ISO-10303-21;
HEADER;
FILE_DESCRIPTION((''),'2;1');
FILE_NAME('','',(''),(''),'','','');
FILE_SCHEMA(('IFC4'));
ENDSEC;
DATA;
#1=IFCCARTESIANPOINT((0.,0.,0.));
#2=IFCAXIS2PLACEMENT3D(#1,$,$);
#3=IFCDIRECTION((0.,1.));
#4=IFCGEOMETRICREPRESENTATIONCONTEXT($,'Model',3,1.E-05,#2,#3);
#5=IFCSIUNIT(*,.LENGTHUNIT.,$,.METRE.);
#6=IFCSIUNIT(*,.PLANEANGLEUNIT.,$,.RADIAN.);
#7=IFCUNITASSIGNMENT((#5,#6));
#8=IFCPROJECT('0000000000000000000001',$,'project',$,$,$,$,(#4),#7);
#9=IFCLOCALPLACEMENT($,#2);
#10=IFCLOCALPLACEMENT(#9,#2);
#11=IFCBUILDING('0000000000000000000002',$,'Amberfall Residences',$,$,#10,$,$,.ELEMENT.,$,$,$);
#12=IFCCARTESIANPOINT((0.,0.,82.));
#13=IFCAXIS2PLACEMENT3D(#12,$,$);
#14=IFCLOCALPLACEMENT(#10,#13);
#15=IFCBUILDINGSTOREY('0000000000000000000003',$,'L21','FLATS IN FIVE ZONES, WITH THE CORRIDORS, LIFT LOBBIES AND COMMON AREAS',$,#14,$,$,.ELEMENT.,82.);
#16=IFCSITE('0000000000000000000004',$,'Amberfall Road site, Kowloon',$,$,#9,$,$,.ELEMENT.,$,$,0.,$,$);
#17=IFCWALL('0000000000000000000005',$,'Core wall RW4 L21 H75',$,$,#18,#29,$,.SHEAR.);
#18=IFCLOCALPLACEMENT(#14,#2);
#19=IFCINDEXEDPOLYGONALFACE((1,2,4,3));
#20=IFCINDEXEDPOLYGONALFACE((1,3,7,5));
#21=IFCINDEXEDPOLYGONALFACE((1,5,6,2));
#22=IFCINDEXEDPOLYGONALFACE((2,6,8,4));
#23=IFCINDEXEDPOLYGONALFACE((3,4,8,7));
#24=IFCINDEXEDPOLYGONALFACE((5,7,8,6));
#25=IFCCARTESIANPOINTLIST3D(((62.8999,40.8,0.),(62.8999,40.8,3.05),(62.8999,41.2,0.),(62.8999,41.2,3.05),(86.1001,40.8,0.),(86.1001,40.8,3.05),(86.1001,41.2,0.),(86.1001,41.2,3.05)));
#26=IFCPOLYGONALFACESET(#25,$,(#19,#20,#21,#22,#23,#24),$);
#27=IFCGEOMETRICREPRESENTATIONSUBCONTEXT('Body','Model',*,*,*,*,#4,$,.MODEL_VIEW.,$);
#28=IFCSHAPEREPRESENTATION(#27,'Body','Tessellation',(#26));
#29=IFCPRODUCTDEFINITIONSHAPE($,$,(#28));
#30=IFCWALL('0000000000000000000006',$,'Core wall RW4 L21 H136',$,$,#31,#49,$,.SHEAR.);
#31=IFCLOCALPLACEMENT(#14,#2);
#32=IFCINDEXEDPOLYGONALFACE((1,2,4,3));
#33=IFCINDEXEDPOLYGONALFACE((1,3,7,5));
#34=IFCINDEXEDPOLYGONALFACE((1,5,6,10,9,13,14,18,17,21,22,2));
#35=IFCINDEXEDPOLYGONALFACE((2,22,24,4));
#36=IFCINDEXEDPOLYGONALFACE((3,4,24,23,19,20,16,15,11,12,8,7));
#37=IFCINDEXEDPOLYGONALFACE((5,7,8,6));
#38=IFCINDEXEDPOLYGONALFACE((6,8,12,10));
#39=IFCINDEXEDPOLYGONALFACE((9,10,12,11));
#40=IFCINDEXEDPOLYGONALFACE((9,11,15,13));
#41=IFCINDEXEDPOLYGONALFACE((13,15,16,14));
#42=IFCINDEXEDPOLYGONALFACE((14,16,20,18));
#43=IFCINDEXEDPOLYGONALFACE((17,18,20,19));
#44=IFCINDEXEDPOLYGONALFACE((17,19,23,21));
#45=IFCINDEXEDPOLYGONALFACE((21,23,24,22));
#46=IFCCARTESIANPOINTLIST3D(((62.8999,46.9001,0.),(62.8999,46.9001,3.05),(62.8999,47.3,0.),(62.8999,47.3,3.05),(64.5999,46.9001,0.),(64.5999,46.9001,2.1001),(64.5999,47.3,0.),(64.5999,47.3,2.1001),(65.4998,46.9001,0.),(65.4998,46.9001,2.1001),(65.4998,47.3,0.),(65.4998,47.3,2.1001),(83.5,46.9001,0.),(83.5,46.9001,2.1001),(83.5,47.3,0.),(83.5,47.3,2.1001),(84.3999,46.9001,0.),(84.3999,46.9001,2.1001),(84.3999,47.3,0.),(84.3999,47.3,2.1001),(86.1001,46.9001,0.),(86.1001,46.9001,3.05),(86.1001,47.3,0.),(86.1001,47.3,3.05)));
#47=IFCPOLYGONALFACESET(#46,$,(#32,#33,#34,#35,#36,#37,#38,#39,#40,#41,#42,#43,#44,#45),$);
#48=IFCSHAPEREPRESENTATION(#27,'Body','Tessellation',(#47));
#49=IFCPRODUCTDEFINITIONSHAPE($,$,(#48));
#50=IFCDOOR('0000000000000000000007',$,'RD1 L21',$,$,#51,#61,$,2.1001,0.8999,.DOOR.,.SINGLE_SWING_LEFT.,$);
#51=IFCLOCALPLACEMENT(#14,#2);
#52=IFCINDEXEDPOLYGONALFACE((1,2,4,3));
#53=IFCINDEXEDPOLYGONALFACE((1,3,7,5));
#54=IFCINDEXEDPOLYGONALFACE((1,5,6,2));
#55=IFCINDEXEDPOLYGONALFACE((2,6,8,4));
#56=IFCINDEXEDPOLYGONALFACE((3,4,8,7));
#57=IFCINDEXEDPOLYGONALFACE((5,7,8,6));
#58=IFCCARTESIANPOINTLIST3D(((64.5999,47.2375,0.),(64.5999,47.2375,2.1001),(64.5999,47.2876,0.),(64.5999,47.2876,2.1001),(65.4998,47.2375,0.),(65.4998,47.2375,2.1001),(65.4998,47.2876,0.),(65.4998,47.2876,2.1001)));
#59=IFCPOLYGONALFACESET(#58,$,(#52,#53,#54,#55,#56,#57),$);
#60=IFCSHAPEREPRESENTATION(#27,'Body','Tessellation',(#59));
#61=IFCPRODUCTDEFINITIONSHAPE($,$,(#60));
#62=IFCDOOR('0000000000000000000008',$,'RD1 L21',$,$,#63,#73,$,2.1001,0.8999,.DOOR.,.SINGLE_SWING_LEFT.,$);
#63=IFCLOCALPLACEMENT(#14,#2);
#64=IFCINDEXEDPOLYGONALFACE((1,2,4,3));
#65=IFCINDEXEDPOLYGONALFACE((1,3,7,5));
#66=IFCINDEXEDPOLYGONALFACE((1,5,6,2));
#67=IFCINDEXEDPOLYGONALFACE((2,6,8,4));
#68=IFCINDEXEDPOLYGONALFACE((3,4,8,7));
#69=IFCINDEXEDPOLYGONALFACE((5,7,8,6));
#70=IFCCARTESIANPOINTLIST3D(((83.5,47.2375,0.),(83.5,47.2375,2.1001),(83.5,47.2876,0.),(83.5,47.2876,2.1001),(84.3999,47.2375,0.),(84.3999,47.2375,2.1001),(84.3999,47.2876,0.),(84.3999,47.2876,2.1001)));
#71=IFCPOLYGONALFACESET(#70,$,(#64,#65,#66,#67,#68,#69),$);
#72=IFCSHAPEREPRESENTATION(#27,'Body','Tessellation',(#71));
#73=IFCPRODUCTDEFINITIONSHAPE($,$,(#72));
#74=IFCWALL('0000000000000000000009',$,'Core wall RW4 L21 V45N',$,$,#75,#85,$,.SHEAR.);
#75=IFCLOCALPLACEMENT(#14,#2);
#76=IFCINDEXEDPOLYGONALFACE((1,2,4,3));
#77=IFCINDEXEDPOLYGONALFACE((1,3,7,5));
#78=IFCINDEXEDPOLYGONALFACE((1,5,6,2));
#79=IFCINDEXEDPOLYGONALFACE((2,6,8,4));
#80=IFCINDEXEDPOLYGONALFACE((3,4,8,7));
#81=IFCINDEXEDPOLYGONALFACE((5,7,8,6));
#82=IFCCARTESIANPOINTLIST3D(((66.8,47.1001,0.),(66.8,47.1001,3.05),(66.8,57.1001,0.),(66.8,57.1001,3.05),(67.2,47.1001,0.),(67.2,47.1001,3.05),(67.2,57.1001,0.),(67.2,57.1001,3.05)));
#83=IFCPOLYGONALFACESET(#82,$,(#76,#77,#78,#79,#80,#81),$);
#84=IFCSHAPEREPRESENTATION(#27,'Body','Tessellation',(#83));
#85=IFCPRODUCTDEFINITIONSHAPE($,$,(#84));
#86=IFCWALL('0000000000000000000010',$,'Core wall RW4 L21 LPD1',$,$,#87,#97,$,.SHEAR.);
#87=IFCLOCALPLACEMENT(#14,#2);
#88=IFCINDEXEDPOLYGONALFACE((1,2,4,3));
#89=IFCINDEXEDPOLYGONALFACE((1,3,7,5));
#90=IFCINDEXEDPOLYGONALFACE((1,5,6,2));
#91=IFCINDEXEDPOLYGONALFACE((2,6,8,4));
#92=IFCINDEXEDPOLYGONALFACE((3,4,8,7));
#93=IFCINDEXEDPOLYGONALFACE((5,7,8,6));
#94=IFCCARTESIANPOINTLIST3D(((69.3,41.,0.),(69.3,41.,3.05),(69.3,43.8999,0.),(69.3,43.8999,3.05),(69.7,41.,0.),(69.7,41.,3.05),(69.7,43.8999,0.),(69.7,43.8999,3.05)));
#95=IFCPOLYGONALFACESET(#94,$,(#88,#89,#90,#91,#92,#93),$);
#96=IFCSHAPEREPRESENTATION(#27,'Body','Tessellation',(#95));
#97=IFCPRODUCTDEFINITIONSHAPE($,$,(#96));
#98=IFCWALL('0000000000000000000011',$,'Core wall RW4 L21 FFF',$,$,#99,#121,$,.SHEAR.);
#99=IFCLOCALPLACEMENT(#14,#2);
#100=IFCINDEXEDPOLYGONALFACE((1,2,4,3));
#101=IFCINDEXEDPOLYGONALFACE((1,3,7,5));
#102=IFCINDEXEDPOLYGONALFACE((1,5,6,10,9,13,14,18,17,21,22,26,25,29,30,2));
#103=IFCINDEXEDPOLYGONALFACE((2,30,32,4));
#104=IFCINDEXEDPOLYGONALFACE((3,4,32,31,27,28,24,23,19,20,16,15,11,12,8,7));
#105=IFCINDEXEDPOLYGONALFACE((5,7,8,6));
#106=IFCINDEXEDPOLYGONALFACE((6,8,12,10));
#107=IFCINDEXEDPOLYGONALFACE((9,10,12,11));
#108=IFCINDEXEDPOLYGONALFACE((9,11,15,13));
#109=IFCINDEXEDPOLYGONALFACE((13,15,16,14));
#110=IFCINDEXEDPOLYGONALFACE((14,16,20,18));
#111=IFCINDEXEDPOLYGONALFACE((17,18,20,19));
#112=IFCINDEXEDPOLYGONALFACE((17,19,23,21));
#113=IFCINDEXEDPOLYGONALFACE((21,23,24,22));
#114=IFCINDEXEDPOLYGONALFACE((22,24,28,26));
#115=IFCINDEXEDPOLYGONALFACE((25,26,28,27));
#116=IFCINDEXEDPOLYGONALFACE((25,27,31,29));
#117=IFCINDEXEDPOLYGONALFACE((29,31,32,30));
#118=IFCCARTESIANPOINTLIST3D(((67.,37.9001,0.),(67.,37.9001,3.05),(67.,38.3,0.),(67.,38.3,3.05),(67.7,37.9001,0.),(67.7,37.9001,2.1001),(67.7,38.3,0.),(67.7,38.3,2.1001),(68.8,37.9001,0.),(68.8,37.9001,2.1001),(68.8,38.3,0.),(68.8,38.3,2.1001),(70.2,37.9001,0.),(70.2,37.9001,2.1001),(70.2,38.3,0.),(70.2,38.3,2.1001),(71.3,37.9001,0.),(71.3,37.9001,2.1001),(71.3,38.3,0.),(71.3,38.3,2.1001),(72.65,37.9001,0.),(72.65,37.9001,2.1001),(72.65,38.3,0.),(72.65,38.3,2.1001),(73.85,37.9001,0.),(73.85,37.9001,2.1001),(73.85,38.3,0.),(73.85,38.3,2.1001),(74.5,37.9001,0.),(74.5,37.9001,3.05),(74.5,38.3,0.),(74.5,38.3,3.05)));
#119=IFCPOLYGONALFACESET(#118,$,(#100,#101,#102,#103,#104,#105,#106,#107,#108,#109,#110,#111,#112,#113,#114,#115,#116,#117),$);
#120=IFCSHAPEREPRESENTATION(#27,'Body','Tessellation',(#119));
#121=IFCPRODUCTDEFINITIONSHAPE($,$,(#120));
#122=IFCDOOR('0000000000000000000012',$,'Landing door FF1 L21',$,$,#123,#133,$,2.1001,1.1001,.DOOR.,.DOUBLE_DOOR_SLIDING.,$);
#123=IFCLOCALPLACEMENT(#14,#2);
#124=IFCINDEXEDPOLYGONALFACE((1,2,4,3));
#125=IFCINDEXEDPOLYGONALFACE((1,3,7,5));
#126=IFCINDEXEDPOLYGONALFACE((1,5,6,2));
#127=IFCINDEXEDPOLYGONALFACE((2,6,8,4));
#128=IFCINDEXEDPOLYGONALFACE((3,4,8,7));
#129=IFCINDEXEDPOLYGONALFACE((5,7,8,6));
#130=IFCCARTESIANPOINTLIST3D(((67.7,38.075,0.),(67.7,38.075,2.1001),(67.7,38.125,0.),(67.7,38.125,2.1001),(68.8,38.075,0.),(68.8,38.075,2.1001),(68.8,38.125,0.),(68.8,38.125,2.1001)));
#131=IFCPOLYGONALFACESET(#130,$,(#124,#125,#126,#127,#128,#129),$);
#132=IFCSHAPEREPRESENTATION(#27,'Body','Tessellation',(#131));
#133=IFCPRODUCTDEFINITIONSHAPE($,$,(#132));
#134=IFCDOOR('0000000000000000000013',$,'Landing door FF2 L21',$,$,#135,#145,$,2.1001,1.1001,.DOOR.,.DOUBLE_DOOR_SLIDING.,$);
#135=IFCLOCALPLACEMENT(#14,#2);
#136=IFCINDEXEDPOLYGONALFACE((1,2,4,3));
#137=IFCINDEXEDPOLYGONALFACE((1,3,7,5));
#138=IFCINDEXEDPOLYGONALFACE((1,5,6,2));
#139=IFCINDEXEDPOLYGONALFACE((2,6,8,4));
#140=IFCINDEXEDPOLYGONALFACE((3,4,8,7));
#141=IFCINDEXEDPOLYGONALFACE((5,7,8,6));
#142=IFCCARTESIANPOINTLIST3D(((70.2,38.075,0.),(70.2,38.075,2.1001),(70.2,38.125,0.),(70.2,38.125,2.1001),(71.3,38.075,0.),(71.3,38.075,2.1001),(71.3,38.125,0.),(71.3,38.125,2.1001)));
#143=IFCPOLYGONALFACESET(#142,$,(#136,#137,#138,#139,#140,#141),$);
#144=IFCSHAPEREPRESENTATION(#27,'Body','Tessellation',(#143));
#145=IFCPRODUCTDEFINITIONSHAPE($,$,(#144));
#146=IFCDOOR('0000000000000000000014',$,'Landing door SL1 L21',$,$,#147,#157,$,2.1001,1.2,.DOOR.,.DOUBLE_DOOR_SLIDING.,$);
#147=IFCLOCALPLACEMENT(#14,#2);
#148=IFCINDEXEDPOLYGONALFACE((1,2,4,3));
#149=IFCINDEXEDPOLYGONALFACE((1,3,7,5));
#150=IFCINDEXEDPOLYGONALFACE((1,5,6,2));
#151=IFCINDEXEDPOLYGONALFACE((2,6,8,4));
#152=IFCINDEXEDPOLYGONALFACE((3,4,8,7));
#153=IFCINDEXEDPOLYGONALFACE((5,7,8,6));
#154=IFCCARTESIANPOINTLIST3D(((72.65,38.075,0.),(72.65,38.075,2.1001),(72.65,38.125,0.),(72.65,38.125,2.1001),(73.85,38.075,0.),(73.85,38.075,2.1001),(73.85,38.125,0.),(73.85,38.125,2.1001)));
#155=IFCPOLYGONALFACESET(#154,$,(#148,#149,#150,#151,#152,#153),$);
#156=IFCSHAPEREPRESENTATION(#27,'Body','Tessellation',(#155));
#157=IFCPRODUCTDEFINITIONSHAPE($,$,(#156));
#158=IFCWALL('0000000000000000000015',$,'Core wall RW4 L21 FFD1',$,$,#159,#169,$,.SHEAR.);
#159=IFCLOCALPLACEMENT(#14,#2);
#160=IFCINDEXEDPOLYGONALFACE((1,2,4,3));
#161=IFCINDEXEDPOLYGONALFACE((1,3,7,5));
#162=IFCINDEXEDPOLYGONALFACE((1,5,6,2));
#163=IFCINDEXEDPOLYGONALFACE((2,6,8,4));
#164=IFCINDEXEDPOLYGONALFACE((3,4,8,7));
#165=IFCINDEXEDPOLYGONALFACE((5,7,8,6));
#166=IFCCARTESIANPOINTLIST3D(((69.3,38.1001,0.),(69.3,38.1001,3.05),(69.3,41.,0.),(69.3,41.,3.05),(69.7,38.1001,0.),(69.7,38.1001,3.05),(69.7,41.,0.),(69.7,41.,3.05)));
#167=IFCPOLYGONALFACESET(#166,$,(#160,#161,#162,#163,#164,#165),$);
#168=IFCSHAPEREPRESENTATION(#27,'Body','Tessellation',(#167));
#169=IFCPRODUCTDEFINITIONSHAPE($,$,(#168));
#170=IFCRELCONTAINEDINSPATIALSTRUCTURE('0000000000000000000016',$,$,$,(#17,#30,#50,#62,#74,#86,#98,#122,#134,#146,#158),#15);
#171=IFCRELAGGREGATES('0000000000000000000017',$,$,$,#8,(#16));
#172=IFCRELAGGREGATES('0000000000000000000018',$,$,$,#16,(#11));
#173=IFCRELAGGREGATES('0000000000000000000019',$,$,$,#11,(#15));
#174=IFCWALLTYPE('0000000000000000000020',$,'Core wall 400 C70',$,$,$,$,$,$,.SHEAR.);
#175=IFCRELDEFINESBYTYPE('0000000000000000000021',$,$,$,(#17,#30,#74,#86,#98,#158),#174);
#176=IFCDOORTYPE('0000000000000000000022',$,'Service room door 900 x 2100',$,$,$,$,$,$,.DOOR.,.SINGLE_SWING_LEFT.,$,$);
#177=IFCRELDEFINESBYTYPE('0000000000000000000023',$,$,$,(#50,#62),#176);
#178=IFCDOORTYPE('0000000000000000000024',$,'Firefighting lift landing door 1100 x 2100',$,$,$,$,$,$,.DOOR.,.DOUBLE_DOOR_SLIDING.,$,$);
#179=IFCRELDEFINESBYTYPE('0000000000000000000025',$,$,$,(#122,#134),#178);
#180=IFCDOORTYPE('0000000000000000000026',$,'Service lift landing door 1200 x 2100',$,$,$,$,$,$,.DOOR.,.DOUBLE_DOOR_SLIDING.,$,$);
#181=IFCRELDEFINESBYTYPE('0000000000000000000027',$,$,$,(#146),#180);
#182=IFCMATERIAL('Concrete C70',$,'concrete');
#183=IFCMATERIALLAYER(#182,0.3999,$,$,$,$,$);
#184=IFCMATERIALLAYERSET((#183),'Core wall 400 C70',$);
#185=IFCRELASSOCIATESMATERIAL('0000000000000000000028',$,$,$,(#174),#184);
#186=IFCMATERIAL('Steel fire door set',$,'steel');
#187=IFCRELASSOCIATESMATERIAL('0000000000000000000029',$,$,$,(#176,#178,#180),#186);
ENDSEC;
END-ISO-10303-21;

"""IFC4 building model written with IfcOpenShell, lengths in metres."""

from ifc_helpers import new_model, si_unit, direction, frame, frame_2d, origin, place, context, subcontext, project, spatial, rectangle, extrude, material, layer, layer_set, type_object, element, fill, save


model = new_model("IFC4")

# Units and contexts
model_context = context("Model", 3, precision=1e-05, world=origin(), true_north=direction((0.0, 1.0)))
body_context = subcontext(model_context, "Body", "Model", "MODEL_VIEW")
ifc_project = project(units=[si_unit("LENGTHUNIT", "METRE"), si_unit("PLANEANGLEUNIT", "RADIAN")], contexts=[model_context])

# Site, building, storey
site_placement = place(None, origin())
site = spatial("IfcSite", under=ifc_project, at=site_placement, Name="Amberfall Road site, Kowloon", CompositionType="ELEMENT", RefElevation=0.0)
building_placement = place(site_placement, origin())
building = spatial("IfcBuilding", under=site, at=building_placement, Name="Amberfall Residences", CompositionType="ELEMENT")
storey_placement = place(building_placement, frame((0.0, 0.0, 82.0)))
storey = spatial("IfcBuildingStorey", under=building, at=storey_placement, Name="L21", Description="FLATS IN FIVE ZONES, WITH THE CORRIDORS, LIFT LOBBIES AND COMMON AREAS", CompositionType="ELEMENT", Elevation=82.0)

# Wall
ifc_material_1 = material(Name="Concrete C70", Category="concrete")
ifc_layer_1 = layer(ifc_material_1, 0.3999)
ifc_layer_set_1 = layer_set([ifc_layer_1], Name="Core wall 400 C70")
wall_type_1 = type_object("IfcWallType", Name="Core wall 400 C70", PredefinedType="SHEAR", material=ifc_layer_set_1)
wall_1_placement = place(storey_placement, frame((62.8999, 41.0, 0.0), z_axis=(0.0, 0.0, 1.0), x_axis=(1.0, 0.0, 0.0)))
element("IfcWall", 1, at=wall_1_placement, inside=storey, type_object=wall_type_1, Name="Core wall RW4 L21 H75", PredefinedType="SHEAR", context=body_context, shape_type="SweptSolid", body=[
    extrude(rectangle(XDim=23.2002, YDim=0.3999, at=frame_2d((11.6001, 0.0))), origin(), (0.0, 0.0, 1.0), 3.05),
])

# Wall, openings, doors
ifc_material_2 = material(Name="Steel fire door set", Category="steel")
door_type_1 = type_object("IfcDoorType", Name="Service room door 900 x 2100", OperationType="SINGLE_SWING_LEFT", PredefinedType="DOOR", material=ifc_material_2)
wall_2_placement = place(storey_placement, frame((62.8999, 47.1001, 0.0), z_axis=(0.0, 0.0, 1.0), x_axis=(1.0, 0.0, 0.0)))
wall_2 = element("IfcWall", 2, at=wall_2_placement, inside=storey, type_object=wall_type_1, Name="Core wall RW4 L21 H136", PredefinedType="SHEAR", context=body_context, shape_type="SweptSolid", body=[
    extrude(rectangle(XDim=23.2002, YDim=0.3999, at=frame_2d((11.6001, 0.0))), origin(), (0.0, 0.0, 1.0), 3.05),
])
opening_1_placement = place(wall_2_placement, frame((1.7, 0.0, 0.0)))
opening_1 = element("IfcOpeningElement", 3, at=opening_1_placement, cuts=wall_2, PredefinedType="OPENING", context=body_context, shape_type="SweptSolid", body=[
    extrude(rectangle(XDim=0.8999, YDim=2.1001, at=frame_2d((0.45, 1.05))), frame((0.0, 0.21, 0.0), z_axis=(0.0, -1.0, 0.0), x_axis=(1.0, 0.0, 0.0)), (0.0, 0.0, 1.0), 0.4199),
])
opening_2_placement = place(wall_2_placement, frame((20.6001, 0.0, 0.0)))
opening_2 = element("IfcOpeningElement", 4, at=opening_2_placement, cuts=wall_2, PredefinedType="OPENING", context=body_context, shape_type="SweptSolid", body=[
    extrude(rectangle(XDim=0.8999, YDim=2.1001, at=frame_2d((0.45, 1.05))), frame((0.0, 0.21, 0.0), z_axis=(0.0, -1.0, 0.0), x_axis=(1.0, 0.0, 0.0)), (0.0, 0.0, 1.0), 0.4199),
])
door_1_placement = place(opening_1_placement, origin())
door_1 = element("IfcDoor", 5, at=door_1_placement, inside=storey, type_object=door_type_1, Name="RD1 L21", OperationType="SINGLE_SWING_LEFT", OverallHeight=2.1001, OverallWidth=0.8999, PredefinedType="DOOR", context=body_context, shape_type="SweptSolid", body=[
    extrude(rectangle(XDim=0.8999, YDim=2.1001, at=frame_2d((0.45, 1.05))), frame((0.0, 0.1875, 0.0), z_axis=(0.0, -1.0, 0.0), x_axis=(1.0, 0.0, 0.0)), (0.0, 0.0, 1.0), 0.05),
])
fill(opening_1, door_1)
door_2_placement = place(opening_2_placement, origin())
door_2 = element("IfcDoor", 6, at=door_2_placement, inside=storey, type_object=door_type_1, Name="RD1 L21", OperationType="SINGLE_SWING_LEFT", OverallHeight=2.1001, OverallWidth=0.8999, PredefinedType="DOOR", context=body_context, shape_type="SweptSolid", body=[
    extrude(rectangle(XDim=0.8999, YDim=2.1001, at=frame_2d((0.45, 1.05))), frame((0.0, 0.1875, 0.0), z_axis=(0.0, -1.0, 0.0), x_axis=(1.0, 0.0, 0.0)), (0.0, 0.0, 1.0), 0.05),
])
fill(opening_2, door_2)

# Walls
wall_3_placement = place(storey_placement, frame((67.0, 47.1001, 0.0), z_axis=(0.0, 0.0, 1.0), x_axis=(0.0, 1.0, 0.0)))
element("IfcWall", 7, at=wall_3_placement, inside=storey, type_object=wall_type_1, Name="Core wall RW4 L21 V45N", PredefinedType="SHEAR", context=body_context, shape_type="SweptSolid", body=[
    extrude(rectangle(XDim=10.0, YDim=0.3999, at=frame_2d((5.0, 0.0))), origin(), (0.0, 0.0, 1.0), 3.05),
])
wall_4_placement = place(storey_placement, frame((69.5, 41.0, 0.0), z_axis=(0.0, 0.0, 1.0), x_axis=(0.0, 1.0, 0.0)))
element("IfcWall", 8, at=wall_4_placement, inside=storey, type_object=wall_type_1, Name="Core wall RW4 L21 LPD1", PredefinedType="SHEAR", context=body_context, shape_type="SweptSolid", body=[
    extrude(rectangle(XDim=2.8999, YDim=0.3999, at=frame_2d((1.45, 0.0))), origin(), (0.0, 0.0, 1.0), 3.05),
])

# Wall, openings, doors
wall_5_placement = place(storey_placement, frame((67.0, 38.1001, 0.0), z_axis=(0.0, 0.0, 1.0), x_axis=(1.0, 0.0, 0.0)))
wall_5 = element("IfcWall", 9, at=wall_5_placement, inside=storey, type_object=wall_type_1, Name="Core wall RW4 L21 FFF", PredefinedType="SHEAR", context=body_context, shape_type="SweptSolid", body=[
    extrude(rectangle(XDim=7.5, YDim=0.3999, at=frame_2d((3.75, 0.0))), origin(), (0.0, 0.0, 1.0), 3.05),
])
opening_3_placement = place(wall_5_placement, frame((0.7, 0.0, 0.0)))
opening_3 = element("IfcOpeningElement", 10, at=opening_3_placement, cuts=wall_5, PredefinedType="OPENING", context=body_context, shape_type="SweptSolid", body=[
    extrude(rectangle(XDim=1.1001, YDim=2.1001, at=frame_2d((0.55, 1.05))), frame((0.0, 0.21, 0.0), z_axis=(0.0, -1.0, 0.0), x_axis=(1.0, 0.0, 0.0)), (0.0, 0.0, 1.0), 0.4199),
])
opening_4_placement = place(wall_5_placement, frame((3.2, 0.0, 0.0)))
opening_4 = element("IfcOpeningElement", 11, at=opening_4_placement, cuts=wall_5, PredefinedType="OPENING", context=body_context, shape_type="SweptSolid", body=[
    extrude(rectangle(XDim=1.1001, YDim=2.1001, at=frame_2d((0.55, 1.05))), frame((0.0, 0.21, 0.0), z_axis=(0.0, -1.0, 0.0), x_axis=(1.0, 0.0, 0.0)), (0.0, 0.0, 1.0), 0.4199),
])
opening_5_placement = place(wall_5_placement, frame((5.6499, 0.0, 0.0)))
opening_5 = element("IfcOpeningElement", 12, at=opening_5_placement, cuts=wall_5, PredefinedType="OPENING", context=body_context, shape_type="SweptSolid", body=[
    extrude(rectangle(XDim=1.2, YDim=2.1001, at=frame_2d((0.6001, 1.05))), frame((0.0, 0.21, 0.0), z_axis=(0.0, -1.0, 0.0), x_axis=(1.0, 0.0, 0.0)), (0.0, 0.0, 1.0), 0.4199),
])
door_type_2 = type_object("IfcDoorType", Name="Firefighting lift landing door 1100 x 2100", OperationType="DOUBLE_DOOR_SLIDING", PredefinedType="DOOR", material=ifc_material_2)
door_3_placement = place(opening_3_placement, origin())
door_3 = element("IfcDoor", 13, at=door_3_placement, inside=storey, type_object=door_type_2, Name="Landing door FF1 L21", OperationType="DOUBLE_DOOR_SLIDING", OverallHeight=2.1001, OverallWidth=1.1001, PredefinedType="DOOR", context=body_context, shape_type="SweptSolid", body=[
    extrude(rectangle(XDim=1.1001, YDim=2.1001, at=frame_2d((0.55, 1.05))), frame((0.0, 0.0249, 0.0), z_axis=(0.0, -1.0, 0.0), x_axis=(1.0, 0.0, 0.0)), (0.0, 0.0, 1.0), 0.05),
])
fill(opening_3, door_3)
door_4_placement = place(opening_4_placement, origin())
door_4 = element("IfcDoor", 14, at=door_4_placement, inside=storey, type_object=door_type_2, Name="Landing door FF2 L21", OperationType="DOUBLE_DOOR_SLIDING", OverallHeight=2.1001, OverallWidth=1.1001, PredefinedType="DOOR", context=body_context, shape_type="SweptSolid", body=[
    extrude(rectangle(XDim=1.1001, YDim=2.1001, at=frame_2d((0.55, 1.05))), frame((0.0, 0.0249, 0.0), z_axis=(0.0, -1.0, 0.0), x_axis=(1.0, 0.0, 0.0)), (0.0, 0.0, 1.0), 0.05),
])
fill(opening_4, door_4)
door_type_3 = type_object("IfcDoorType", Name="Service lift landing door 1200 x 2100", OperationType="DOUBLE_DOOR_SLIDING", PredefinedType="DOOR", material=ifc_material_2)
door_5_placement = place(opening_5_placement, origin())
door_5 = element("IfcDoor", 15, at=door_5_placement, inside=storey, type_object=door_type_3, Name="Landing door SL1 L21", OperationType="DOUBLE_DOOR_SLIDING", OverallHeight=2.1001, OverallWidth=1.2, PredefinedType="DOOR", context=body_context, shape_type="SweptSolid", body=[
    extrude(rectangle(XDim=1.2, YDim=2.1001, at=frame_2d((0.6001, 1.05))), frame((0.0, 0.0249, 0.0), z_axis=(0.0, -1.0, 0.0), x_axis=(1.0, 0.0, 0.0)), (0.0, 0.0, 1.0), 0.05),
])
fill(opening_5, door_5)

# Wall
wall_6_placement = place(storey_placement, frame((69.5, 38.1001, 0.0), z_axis=(0.0, 0.0, 1.0), x_axis=(0.0, 1.0, 0.0)))
element("IfcWall", 16, at=wall_6_placement, inside=storey, type_object=wall_type_1, Name="Core wall RW4 L21 FFD1", PredefinedType="SHEAR", context=body_context, shape_type="SweptSolid", body=[
    extrude(rectangle(XDim=2.8999, YDim=0.3999, at=frame_2d((1.45, 0.0))), origin(), (0.0, 0.0, 1.0), 3.05),
])

save(model, "model.ifc")
